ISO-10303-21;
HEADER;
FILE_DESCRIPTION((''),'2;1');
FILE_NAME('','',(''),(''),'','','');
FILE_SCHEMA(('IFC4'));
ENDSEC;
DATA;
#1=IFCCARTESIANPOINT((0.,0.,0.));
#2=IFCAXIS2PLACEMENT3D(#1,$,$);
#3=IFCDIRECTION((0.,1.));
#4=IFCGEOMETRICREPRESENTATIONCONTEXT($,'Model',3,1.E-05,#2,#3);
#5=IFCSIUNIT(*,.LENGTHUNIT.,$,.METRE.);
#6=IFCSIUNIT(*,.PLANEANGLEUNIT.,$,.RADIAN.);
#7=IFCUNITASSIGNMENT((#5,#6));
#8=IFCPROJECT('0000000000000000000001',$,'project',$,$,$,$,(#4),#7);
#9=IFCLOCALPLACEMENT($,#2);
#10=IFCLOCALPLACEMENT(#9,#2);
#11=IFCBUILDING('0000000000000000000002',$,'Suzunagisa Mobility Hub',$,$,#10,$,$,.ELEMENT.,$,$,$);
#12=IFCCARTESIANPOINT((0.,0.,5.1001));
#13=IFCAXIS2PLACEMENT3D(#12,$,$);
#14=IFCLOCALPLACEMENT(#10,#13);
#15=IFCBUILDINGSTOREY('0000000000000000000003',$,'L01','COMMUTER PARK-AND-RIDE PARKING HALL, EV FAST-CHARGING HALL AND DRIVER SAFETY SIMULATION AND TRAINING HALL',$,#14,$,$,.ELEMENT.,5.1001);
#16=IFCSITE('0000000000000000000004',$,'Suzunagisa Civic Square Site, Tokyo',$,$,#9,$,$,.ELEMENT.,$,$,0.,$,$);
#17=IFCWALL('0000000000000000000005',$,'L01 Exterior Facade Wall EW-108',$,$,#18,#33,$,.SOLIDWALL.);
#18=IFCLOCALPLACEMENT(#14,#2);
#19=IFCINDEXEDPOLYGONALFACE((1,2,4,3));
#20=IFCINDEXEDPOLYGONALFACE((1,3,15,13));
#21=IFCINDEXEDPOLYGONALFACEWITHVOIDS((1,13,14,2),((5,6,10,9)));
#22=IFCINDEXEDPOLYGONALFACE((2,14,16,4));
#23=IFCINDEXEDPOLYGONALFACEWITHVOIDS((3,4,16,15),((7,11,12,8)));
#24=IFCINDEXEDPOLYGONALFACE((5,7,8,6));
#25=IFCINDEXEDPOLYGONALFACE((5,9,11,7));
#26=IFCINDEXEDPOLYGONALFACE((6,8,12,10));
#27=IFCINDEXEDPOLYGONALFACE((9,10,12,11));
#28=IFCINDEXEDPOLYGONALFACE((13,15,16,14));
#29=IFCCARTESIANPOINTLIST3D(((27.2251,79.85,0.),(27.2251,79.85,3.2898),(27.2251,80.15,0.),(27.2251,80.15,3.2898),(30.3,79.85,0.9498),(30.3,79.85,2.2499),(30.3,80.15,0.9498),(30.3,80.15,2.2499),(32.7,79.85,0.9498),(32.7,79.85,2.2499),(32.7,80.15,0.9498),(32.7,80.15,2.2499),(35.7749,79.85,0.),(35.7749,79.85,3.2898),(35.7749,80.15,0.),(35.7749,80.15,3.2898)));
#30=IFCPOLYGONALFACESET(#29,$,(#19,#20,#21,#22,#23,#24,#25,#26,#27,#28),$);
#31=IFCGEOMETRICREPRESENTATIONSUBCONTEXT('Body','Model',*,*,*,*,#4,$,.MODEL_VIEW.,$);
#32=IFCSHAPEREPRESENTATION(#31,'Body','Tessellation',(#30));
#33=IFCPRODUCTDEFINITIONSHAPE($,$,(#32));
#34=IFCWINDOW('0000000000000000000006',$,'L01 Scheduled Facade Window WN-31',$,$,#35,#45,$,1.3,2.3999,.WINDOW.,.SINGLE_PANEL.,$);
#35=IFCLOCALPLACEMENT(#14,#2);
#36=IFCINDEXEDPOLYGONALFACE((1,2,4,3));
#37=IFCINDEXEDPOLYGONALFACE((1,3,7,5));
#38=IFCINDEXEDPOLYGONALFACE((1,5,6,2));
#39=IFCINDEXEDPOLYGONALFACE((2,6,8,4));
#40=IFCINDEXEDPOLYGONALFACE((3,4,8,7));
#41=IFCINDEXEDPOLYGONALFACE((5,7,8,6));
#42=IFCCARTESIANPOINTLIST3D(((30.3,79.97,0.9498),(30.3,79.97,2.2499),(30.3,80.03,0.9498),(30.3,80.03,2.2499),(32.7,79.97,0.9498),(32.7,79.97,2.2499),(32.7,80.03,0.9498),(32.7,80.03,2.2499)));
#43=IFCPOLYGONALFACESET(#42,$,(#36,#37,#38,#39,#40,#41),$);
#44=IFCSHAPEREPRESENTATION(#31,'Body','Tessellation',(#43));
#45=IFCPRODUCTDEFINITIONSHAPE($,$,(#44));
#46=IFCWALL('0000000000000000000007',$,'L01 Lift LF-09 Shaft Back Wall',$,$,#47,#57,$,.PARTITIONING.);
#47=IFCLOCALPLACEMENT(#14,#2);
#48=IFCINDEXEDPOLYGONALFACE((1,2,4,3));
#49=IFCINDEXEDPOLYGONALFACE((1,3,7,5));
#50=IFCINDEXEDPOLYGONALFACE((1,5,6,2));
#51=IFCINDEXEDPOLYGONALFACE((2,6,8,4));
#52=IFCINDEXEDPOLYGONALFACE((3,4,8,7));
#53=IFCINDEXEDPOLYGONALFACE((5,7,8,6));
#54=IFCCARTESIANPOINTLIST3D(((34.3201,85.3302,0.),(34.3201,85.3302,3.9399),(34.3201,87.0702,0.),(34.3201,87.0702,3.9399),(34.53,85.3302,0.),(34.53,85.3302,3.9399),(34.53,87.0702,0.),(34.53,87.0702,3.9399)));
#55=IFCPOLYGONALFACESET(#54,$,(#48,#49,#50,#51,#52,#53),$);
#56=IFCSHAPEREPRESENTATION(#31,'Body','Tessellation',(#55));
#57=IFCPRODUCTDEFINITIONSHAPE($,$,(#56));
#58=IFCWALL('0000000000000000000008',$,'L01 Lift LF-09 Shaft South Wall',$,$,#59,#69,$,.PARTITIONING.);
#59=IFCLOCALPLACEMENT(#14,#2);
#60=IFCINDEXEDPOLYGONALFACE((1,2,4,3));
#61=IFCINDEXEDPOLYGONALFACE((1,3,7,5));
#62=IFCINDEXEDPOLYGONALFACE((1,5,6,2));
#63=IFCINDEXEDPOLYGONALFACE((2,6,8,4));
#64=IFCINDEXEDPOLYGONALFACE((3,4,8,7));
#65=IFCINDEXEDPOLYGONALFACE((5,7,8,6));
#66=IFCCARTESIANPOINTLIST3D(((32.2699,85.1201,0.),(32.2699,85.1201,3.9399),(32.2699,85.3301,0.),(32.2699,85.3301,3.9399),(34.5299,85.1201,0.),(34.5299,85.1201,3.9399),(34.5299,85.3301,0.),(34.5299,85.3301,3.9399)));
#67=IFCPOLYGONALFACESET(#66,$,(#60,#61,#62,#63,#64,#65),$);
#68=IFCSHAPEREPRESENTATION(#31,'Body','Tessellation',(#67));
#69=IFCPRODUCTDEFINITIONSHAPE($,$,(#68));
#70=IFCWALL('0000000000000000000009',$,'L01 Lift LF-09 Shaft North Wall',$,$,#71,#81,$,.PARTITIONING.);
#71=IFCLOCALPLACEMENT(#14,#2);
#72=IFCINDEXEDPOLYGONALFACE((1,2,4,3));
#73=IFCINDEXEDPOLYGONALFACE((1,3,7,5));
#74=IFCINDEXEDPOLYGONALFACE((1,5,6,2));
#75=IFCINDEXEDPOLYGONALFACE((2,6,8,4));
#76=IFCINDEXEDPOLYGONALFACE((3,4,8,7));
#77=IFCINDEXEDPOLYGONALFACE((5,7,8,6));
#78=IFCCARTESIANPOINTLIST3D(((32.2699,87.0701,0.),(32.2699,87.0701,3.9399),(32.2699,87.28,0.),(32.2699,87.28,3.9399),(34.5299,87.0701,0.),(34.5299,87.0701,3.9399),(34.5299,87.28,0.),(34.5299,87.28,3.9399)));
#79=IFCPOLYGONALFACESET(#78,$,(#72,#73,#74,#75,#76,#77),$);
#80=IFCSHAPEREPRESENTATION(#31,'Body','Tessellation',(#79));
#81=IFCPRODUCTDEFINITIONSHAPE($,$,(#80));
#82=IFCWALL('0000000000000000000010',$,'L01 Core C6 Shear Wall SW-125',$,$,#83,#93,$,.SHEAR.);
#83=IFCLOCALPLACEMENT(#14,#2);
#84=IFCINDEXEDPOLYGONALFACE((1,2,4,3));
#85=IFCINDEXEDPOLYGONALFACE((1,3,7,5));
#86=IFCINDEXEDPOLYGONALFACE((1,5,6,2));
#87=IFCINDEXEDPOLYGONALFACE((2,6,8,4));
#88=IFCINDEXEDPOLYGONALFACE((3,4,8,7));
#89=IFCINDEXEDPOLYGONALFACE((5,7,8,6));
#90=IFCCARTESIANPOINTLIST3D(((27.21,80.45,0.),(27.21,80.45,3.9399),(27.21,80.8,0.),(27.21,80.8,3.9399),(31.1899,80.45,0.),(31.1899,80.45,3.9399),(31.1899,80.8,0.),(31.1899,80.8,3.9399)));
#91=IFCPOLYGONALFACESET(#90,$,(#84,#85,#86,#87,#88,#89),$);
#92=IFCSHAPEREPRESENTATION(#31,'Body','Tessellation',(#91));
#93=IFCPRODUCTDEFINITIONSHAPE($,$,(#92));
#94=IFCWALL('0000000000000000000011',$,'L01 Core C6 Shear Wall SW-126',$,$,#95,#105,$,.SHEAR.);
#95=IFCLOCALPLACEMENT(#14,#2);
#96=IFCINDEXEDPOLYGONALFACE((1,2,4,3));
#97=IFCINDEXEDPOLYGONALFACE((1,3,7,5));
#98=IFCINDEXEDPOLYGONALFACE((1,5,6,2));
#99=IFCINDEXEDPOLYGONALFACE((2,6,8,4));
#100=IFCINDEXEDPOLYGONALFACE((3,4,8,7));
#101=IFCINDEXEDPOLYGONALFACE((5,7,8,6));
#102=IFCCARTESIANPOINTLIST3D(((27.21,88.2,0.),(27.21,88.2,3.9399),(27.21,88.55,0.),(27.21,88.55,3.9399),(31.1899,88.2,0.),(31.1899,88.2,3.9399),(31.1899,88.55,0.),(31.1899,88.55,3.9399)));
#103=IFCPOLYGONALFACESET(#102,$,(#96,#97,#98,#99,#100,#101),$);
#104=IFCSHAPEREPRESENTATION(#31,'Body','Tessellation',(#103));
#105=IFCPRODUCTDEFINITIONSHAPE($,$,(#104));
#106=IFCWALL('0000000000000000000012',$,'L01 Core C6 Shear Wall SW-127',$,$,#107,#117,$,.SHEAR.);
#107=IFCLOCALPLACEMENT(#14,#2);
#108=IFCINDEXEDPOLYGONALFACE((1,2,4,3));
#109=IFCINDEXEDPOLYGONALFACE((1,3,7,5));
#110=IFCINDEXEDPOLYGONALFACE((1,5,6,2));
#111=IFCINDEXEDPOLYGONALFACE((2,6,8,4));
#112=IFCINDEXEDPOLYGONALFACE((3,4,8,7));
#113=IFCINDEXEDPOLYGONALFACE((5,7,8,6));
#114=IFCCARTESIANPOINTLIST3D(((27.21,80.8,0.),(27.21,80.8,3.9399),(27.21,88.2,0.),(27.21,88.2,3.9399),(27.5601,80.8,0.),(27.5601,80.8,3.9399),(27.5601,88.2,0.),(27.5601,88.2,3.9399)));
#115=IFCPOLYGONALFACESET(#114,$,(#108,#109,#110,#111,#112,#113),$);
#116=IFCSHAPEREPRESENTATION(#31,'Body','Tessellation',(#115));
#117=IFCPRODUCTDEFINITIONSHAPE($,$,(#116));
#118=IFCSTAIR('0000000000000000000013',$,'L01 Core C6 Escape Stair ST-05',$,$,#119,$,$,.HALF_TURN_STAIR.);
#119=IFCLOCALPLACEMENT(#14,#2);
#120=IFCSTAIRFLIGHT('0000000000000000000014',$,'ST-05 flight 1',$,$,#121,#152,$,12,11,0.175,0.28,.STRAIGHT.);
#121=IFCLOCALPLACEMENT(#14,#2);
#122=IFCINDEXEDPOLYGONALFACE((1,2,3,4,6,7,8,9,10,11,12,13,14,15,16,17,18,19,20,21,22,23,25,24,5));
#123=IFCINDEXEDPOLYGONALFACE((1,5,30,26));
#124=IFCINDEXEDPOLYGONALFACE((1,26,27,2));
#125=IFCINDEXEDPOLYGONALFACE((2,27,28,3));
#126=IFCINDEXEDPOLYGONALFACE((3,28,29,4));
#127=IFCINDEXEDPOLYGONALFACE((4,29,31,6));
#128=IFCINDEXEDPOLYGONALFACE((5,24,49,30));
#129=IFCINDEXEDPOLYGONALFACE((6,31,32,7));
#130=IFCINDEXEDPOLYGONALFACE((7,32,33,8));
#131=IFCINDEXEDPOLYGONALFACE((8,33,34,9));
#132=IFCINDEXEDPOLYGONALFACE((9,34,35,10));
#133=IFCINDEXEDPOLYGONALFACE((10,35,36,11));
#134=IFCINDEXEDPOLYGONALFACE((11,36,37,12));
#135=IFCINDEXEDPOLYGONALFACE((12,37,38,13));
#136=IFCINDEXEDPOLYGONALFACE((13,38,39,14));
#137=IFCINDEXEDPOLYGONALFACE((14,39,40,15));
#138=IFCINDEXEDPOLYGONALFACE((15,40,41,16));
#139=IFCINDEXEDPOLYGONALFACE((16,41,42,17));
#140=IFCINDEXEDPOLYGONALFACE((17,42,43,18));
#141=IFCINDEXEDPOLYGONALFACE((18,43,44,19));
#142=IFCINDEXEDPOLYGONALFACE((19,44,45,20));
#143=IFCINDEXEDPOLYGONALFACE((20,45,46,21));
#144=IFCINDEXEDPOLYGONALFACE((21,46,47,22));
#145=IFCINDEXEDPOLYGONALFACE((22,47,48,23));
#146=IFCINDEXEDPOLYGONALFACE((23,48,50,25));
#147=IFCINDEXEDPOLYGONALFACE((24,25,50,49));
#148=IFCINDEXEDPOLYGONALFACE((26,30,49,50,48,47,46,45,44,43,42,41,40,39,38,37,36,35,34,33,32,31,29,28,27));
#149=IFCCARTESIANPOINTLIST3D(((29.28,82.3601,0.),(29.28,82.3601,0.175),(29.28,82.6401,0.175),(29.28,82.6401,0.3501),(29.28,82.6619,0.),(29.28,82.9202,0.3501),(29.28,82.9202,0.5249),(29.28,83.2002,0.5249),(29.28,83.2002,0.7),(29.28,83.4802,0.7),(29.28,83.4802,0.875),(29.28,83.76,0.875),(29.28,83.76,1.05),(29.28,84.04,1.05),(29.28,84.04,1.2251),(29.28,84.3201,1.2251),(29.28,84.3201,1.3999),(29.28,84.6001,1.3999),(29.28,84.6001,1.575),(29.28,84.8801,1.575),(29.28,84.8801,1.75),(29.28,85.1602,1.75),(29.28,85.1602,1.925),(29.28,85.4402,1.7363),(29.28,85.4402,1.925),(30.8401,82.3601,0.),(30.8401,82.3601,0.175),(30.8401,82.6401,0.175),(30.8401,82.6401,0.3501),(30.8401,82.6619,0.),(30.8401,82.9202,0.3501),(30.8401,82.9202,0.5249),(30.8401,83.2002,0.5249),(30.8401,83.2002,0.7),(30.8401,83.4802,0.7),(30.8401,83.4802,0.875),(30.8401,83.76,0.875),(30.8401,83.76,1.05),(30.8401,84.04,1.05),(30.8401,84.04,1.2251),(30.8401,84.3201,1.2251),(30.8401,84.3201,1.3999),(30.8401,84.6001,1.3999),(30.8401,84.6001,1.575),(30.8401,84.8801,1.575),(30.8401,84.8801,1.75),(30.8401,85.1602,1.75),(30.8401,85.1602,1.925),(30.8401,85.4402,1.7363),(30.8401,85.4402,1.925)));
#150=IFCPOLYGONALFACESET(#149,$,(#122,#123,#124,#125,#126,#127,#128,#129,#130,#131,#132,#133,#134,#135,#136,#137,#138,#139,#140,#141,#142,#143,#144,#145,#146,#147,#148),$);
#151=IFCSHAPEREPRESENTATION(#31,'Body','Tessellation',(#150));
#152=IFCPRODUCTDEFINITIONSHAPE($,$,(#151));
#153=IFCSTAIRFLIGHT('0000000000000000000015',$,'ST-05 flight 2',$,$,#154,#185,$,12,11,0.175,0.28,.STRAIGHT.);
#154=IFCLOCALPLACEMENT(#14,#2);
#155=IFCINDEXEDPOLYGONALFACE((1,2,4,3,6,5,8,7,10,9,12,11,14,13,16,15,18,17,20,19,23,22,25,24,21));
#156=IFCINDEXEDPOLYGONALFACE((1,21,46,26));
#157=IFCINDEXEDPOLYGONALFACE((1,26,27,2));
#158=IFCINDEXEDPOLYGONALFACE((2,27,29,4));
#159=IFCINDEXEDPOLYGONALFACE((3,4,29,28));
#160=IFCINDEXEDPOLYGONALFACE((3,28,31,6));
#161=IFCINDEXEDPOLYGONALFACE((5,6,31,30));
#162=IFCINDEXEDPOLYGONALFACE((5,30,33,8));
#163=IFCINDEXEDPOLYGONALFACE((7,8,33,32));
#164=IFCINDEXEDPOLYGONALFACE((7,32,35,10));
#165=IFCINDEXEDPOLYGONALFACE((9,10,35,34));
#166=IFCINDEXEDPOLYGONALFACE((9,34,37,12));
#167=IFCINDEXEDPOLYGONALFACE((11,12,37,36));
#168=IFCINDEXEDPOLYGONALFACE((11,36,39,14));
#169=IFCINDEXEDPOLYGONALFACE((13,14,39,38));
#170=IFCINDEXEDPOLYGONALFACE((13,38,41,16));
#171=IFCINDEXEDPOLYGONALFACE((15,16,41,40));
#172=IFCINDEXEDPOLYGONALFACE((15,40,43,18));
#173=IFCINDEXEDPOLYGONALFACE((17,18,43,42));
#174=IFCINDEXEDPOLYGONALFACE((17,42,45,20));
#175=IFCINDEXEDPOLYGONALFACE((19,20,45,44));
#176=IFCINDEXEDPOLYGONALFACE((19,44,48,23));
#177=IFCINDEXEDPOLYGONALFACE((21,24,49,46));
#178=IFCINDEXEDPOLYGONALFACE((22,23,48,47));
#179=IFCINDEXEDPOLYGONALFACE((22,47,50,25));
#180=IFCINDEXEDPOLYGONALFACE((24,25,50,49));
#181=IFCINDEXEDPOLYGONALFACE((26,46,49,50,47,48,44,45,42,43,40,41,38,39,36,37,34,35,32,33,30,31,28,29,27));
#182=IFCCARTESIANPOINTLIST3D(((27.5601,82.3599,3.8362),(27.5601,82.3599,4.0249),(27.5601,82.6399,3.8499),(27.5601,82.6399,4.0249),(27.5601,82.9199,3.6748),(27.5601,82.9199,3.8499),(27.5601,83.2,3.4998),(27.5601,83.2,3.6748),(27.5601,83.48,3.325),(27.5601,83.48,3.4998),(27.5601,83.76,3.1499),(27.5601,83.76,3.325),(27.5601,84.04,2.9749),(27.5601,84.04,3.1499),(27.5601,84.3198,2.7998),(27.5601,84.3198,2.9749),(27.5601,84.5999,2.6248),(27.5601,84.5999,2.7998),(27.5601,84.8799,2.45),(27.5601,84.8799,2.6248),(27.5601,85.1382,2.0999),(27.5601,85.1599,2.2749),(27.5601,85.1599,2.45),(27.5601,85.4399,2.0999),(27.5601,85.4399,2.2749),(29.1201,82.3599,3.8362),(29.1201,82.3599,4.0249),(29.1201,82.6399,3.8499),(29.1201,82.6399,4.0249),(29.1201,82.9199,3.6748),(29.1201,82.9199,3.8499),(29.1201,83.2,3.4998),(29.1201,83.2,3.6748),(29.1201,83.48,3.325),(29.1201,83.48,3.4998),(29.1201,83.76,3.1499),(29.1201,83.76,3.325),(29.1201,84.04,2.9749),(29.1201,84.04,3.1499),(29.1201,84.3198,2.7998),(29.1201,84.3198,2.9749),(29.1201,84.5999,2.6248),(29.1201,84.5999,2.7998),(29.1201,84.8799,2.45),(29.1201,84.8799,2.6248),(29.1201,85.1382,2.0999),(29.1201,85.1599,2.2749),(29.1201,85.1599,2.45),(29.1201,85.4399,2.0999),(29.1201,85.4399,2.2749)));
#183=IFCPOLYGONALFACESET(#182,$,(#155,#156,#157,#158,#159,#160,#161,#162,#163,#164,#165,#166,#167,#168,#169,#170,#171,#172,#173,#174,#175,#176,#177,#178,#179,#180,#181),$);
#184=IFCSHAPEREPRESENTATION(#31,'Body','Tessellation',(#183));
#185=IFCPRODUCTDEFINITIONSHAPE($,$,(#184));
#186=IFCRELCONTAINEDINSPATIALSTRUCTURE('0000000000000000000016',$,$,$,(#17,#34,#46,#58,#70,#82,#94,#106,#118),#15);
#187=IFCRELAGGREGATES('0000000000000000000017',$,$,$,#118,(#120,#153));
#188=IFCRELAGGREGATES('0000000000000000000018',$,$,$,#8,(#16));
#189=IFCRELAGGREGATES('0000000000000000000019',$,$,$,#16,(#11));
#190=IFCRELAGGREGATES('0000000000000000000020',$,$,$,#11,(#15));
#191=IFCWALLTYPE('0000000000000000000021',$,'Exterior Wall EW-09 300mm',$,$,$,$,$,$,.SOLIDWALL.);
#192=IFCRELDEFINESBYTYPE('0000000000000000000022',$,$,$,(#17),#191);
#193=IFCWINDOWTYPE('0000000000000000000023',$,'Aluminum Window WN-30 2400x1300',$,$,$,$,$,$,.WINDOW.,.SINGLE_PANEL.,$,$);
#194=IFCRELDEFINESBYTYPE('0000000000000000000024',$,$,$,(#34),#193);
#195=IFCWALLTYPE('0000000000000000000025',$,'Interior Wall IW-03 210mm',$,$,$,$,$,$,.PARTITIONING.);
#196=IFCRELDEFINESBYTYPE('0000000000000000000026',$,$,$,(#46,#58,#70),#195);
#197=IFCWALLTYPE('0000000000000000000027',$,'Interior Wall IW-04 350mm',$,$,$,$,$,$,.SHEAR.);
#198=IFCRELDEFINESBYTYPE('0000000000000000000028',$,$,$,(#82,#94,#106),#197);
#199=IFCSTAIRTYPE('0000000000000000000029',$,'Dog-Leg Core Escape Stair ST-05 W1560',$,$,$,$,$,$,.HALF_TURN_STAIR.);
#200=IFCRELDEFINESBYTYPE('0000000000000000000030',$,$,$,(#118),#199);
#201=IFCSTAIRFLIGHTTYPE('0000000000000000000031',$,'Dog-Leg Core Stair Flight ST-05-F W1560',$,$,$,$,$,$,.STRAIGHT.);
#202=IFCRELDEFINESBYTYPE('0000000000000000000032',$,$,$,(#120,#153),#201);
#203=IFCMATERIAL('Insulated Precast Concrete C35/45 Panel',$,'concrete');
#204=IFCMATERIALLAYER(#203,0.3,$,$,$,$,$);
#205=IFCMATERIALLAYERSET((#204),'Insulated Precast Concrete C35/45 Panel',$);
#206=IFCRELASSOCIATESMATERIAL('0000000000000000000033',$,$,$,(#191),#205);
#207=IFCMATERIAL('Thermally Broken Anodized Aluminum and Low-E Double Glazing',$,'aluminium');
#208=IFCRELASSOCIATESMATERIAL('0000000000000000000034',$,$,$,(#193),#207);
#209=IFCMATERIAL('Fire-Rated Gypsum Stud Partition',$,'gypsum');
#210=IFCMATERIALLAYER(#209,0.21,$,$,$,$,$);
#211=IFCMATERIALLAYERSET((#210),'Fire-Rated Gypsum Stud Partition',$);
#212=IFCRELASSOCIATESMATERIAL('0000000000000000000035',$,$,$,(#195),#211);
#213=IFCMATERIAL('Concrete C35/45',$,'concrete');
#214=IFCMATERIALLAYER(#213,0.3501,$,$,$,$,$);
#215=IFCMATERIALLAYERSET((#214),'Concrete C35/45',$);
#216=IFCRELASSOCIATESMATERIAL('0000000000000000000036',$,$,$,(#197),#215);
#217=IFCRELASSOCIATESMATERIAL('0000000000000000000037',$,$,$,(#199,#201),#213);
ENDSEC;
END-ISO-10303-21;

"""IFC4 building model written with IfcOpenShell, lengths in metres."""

from ifc_helpers import new_model, si_unit, direction, frame, frame_2d, origin, place, context, subcontext, project, spatial, polyline, rectangle, outline, extrude, material, layer, layer_set, type_object, element, fill, aggregate, save


model = new_model("IFC4")

# Units and contexts
model_context = context("Model", 3, precision=1e-05, world=origin(), true_north=direction((0.0, 1.0)))
body_context = subcontext(model_context, "Body", "Model", "MODEL_VIEW")
ifc_project = project(units=[si_unit("LENGTHUNIT", "METRE"), si_unit("PLANEANGLEUNIT", "RADIAN")], contexts=[model_context])

# Site, building, storey
site_placement = place(None, origin())
site = spatial("IfcSite", under=ifc_project, at=site_placement, Name="Suzunagisa Civic Square Site, Tokyo", CompositionType="ELEMENT", RefElevation=0.0)
building_placement = place(site_placement, origin())
building = spatial("IfcBuilding", under=site, at=building_placement, Name="Suzunagisa Mobility Hub", CompositionType="ELEMENT")
storey_placement = place(building_placement, frame((0.0, 0.0, 5.1001)))
storey = spatial("IfcBuildingStorey", under=building, at=storey_placement, Name="L01", Description="COMMUTER PARK-AND-RIDE PARKING HALL, EV FAST-CHARGING HALL AND DRIVER SAFETY SIMULATION AND TRAINING HALL", CompositionType="ELEMENT", Elevation=5.1001)

# Wall, opening, window
ifc_material_1 = material(Name="Insulated Precast Concrete C35/45 Panel", Category="concrete")
ifc_layer_1 = layer(ifc_material_1, 0.3)
ifc_layer_set_1 = layer_set([ifc_layer_1], Name="Insulated Precast Concrete C35/45 Panel")
wall_type_1 = type_object("IfcWallType", Name="Exterior Wall EW-09 300mm", PredefinedType="SOLIDWALL", material=ifc_layer_set_1)
wall_1_placement = place(storey_placement, frame((27.2251, 80.0, 0.0), z_axis=(0.0, 0.0, 1.0), x_axis=(1.0, 0.0, 0.0)))
wall_1 = element("IfcWall", 1, at=wall_1_placement, inside=storey, type_object=wall_type_1, Name="L01 Exterior Facade Wall EW-108", PredefinedType="SOLIDWALL", context=body_context, shape_type="SweptSolid", body=[
    extrude(rectangle(XDim=8.5498, YDim=0.3, at=frame_2d((4.2749, 0.0))), origin(), (0.0, 0.0, 1.0), 3.2898),
])
opening_1_placement = place(wall_1_placement, frame((3.075, 0.0, 0.95)))
opening_1 = element("IfcOpeningElement", 2, at=opening_1_placement, cuts=wall_1, PredefinedType="OPENING", context=body_context, shape_type="SweptSolid", body=[
    extrude(rectangle(XDim=2.3999, YDim=1.3, at=frame_2d((1.2, 0.6499))), frame((0.0, 0.1611, 0.0), z_axis=(0.0, -1.0, 0.0), x_axis=(1.0, 0.0, 0.0)), (0.0, 0.0, 1.0), 0.322),
])
ifc_material_2 = material(Name="Thermally Broken Anodized Aluminum and Low-E Double Glazing", Category="aluminium")
window_type = type_object("IfcWindowType", Name="Aluminum Window WN-30 2400x1300", PartitioningType="SINGLE_PANEL", PredefinedType="WINDOW", material=ifc_material_2)
window_placement = place(opening_1_placement, origin())
window = element("IfcWindow", 3, at=window_placement, inside=storey, type_object=window_type, Name="L01 Scheduled Facade Window WN-31", OverallHeight=1.3, OverallWidth=2.3999, PartitioningType="SINGLE_PANEL", PredefinedType="WINDOW", context=body_context, shape_type="SweptSolid", body=[
    extrude(rectangle(XDim=2.3999, YDim=1.3, at=frame_2d((1.2, 0.6499))), frame((0.0, 0.03, 0.0), z_axis=(0.0, -1.0, 0.0), x_axis=(1.0, 0.0, 0.0)), (0.0, 0.0, 1.0), 0.0601),
])
fill(opening_1, window)

# Shared definitions
ifc_material_3 = material(Name="Fire-Rated Gypsum Stud Partition", Category="gypsum")
ifc_layer_2 = layer(ifc_material_3, 0.21)
ifc_layer_set_2 = layer_set([ifc_layer_2], Name="Fire-Rated Gypsum Stud Partition")
wall_type_2 = type_object("IfcWallType", Name="Interior Wall IW-03 210mm", PredefinedType="PARTITIONING", material=ifc_layer_set_2)

# Walls
wall_2_placement = place(storey_placement, frame((34.425, 85.3301, 0.0), z_axis=(0.0, 0.0, 1.0), x_axis=(0.0, 1.0, 0.0)))
element("IfcWall", 4, at=wall_2_placement, inside=storey, type_object=wall_type_2, Name="L01 Lift LF-09 Shaft Back Wall", PredefinedType="PARTITIONING", context=body_context, shape_type="SweptSolid", body=[
    extrude(rectangle(XDim=1.74, YDim=0.21, at=frame_2d((0.8701, 0.0))), origin(), (0.0, 0.0, 1.0), 3.9399),
])
for number, where, z_axis, x_axis, name in (
    (5, (32.27, 85.2251, 0.0), (0.0, 0.0, 1.0), (1.0, 0.0, 0.0), "L01 Lift LF-09 Shaft South Wall"),
    (6, (32.27, 87.175, 0.0), (0.0, 0.0, 1.0), (1.0, 0.0, 0.0), "L01 Lift LF-09 Shaft North Wall"),
):
    element("IfcWall", number, at=place(storey_placement, frame(where, z_axis=z_axis, x_axis=x_axis)), inside=storey, type_object=wall_type_2, Name=name, PredefinedType="PARTITIONING", context=body_context, shape_type="SweptSolid", body=[
        extrude(rectangle(XDim=2.26, YDim=0.21, at=frame_2d((1.1299, 0.0))), origin(), (0.0, 0.0, 1.0), 3.9399),
    ])
ifc_material_4 = material(Name="Concrete C35/45", Category="concrete")
ifc_layer_3 = layer(ifc_material_4, 0.3501)
ifc_layer_set_3 = layer_set([ifc_layer_3], Name="Concrete C35/45")
wall_type_3 = type_object("IfcWallType", Name="Interior Wall IW-04 350mm", PredefinedType="SHEAR", material=ifc_layer_set_3)
for number, where, z_axis, x_axis, name in (
    (7, (27.21, 80.625, 0.0), (0.0, 0.0, 1.0), (1.0, 0.0, 0.0), "L01 Core C6 Shear Wall SW-125"),
    (8, (27.21, 88.375, 0.0), (0.0, 0.0, 1.0), (1.0, 0.0, 0.0), "L01 Core C6 Shear Wall SW-126"),
):
    element("IfcWall", number, at=place(storey_placement, frame(where, z_axis=z_axis, x_axis=x_axis)), inside=storey, type_object=wall_type_3, Name=name, PredefinedType="SHEAR", context=body_context, shape_type="SweptSolid", body=[
        extrude(rectangle(XDim=3.98, YDim=0.3501, at=frame_2d((1.99, 0.0))), origin(), (0.0, 0.0, 1.0), 3.9399),
    ])
wall_3_placement = place(storey_placement, frame((27.385, 80.8, 0.0), z_axis=(0.0, 0.0, 1.0), x_axis=(0.0, 1.0, 0.0)))
element("IfcWall", 9, at=wall_3_placement, inside=storey, type_object=wall_type_3, Name="L01 Core C6 Shear Wall SW-127", PredefinedType="SHEAR", context=body_context, shape_type="SweptSolid", body=[
    extrude(rectangle(XDim=7.3999, YDim=0.3501, at=frame_2d((3.7, 0.0))), origin(), (0.0, 0.0, 1.0), 3.9399),
])

# Stair, stair flights
stair_type = type_object("IfcStairType", Name="Dog-Leg Core Escape Stair ST-05 W1560", PredefinedType="HALF_TURN_STAIR", material=ifc_material_4)
stair_placement = place(storey_placement, origin())
stair = element("IfcStair", 10, at=stair_placement, inside=storey, type_object=stair_type, Name="L01 Core C6 Escape Stair ST-05", PredefinedType="HALF_TURN_STAIR")
stair_flight_type = type_object("IfcStairFlightType", Name="Dog-Leg Core Stair Flight ST-05-F W1560", PredefinedType="STRAIGHT", material=ifc_material_4)
stair_flight_1_placement = place(storey_placement, frame((30.0601, 82.3601, 0.0), z_axis=(0.0, 0.0, 1.0), x_axis=(0.0, 1.0, 0.0)))
stair_flight_1 = element("IfcStairFlight", 11, at=stair_flight_1_placement, type_object=stair_flight_type, Name="ST-05 flight 1", NumberOfRisers=12, NumberOfTreads=11, PredefinedType="STRAIGHT", RiserHeight=0.175, TreadLength=0.28, context=body_context, shape_type="SweptSolid", body=[
    extrude(outline(polyline([(0.0, 0.0), (0.0, 0.175), (0.28, 0.175), (0.28, 0.3501), (0.5601, 0.3501), (0.5601, 0.5249), (0.8401, 0.5249), (0.8401, 0.7), (1.1201, 0.7), (1.1201, 0.875), (1.3999, 0.875), (1.3999, 1.05), (1.6799, 1.05), (1.6799, 1.2251), (1.96, 1.2251), (1.96, 1.3999), (2.24, 1.3999), (2.24, 1.575), (2.52, 1.575), (2.52, 1.75), (2.8, 1.75), (2.8, 1.925), (3.0801, 1.925), (3.0801, 2.1001), (3.0801, 1.7363), (0.3018, 0.0), (0.0, 0.0)])), frame((0.0, 0.78, 0.0), z_axis=(0.0, -1.0, 0.0), x_axis=(1.0, 0.0, 0.0)), (0.0, 0.0, 1.0), 1.5601),
])
stair_flight_2_placement = place(storey_placement, frame((28.3401, 85.4399, 2.0999), z_axis=(0.0, 0.0, 1.0), x_axis=(0.0, -1.0, 0.0)))
stair_flight_2 = element("IfcStairFlight", 12, at=stair_flight_2_placement, type_object=stair_flight_type, Name="ST-05 flight 2", NumberOfRisers=12, NumberOfTreads=11, PredefinedType="STRAIGHT", RiserHeight=0.175, TreadLength=0.28, context=body_context, shape_type="SweptSolid", body=[
    extrude(outline(polyline([(0.0, 0.0), (0.0, 0.175), (0.28, 0.175), (0.28, 0.3501), (0.5601, 0.3501), (0.5601, 0.5249), (0.8401, 0.5249), (0.8401, 0.7), (1.1201, 0.7), (1.1201, 0.875), (1.3999, 0.875), (1.3999, 1.05), (1.6799, 1.05), (1.6799, 1.2251), (1.96, 1.2251), (1.96, 1.3999), (2.24, 1.3999), (2.24, 1.575), (2.52, 1.575), (2.52, 1.75), (2.8, 1.75), (2.8, 1.925), (3.0801, 1.925), (3.0801, 2.1001), (3.0801, 1.7363), (0.3018, 0.0), (0.0, 0.0)])), frame((0.0, 0.78, 0.0), z_axis=(0.0, -1.0, 0.0), x_axis=(1.0, 0.0, 0.0)), (0.0, 0.0, 1.0), 1.5601),
])
aggregate(stair, [stair_flight_1, stair_flight_2])

save(model, "model.ifc")
